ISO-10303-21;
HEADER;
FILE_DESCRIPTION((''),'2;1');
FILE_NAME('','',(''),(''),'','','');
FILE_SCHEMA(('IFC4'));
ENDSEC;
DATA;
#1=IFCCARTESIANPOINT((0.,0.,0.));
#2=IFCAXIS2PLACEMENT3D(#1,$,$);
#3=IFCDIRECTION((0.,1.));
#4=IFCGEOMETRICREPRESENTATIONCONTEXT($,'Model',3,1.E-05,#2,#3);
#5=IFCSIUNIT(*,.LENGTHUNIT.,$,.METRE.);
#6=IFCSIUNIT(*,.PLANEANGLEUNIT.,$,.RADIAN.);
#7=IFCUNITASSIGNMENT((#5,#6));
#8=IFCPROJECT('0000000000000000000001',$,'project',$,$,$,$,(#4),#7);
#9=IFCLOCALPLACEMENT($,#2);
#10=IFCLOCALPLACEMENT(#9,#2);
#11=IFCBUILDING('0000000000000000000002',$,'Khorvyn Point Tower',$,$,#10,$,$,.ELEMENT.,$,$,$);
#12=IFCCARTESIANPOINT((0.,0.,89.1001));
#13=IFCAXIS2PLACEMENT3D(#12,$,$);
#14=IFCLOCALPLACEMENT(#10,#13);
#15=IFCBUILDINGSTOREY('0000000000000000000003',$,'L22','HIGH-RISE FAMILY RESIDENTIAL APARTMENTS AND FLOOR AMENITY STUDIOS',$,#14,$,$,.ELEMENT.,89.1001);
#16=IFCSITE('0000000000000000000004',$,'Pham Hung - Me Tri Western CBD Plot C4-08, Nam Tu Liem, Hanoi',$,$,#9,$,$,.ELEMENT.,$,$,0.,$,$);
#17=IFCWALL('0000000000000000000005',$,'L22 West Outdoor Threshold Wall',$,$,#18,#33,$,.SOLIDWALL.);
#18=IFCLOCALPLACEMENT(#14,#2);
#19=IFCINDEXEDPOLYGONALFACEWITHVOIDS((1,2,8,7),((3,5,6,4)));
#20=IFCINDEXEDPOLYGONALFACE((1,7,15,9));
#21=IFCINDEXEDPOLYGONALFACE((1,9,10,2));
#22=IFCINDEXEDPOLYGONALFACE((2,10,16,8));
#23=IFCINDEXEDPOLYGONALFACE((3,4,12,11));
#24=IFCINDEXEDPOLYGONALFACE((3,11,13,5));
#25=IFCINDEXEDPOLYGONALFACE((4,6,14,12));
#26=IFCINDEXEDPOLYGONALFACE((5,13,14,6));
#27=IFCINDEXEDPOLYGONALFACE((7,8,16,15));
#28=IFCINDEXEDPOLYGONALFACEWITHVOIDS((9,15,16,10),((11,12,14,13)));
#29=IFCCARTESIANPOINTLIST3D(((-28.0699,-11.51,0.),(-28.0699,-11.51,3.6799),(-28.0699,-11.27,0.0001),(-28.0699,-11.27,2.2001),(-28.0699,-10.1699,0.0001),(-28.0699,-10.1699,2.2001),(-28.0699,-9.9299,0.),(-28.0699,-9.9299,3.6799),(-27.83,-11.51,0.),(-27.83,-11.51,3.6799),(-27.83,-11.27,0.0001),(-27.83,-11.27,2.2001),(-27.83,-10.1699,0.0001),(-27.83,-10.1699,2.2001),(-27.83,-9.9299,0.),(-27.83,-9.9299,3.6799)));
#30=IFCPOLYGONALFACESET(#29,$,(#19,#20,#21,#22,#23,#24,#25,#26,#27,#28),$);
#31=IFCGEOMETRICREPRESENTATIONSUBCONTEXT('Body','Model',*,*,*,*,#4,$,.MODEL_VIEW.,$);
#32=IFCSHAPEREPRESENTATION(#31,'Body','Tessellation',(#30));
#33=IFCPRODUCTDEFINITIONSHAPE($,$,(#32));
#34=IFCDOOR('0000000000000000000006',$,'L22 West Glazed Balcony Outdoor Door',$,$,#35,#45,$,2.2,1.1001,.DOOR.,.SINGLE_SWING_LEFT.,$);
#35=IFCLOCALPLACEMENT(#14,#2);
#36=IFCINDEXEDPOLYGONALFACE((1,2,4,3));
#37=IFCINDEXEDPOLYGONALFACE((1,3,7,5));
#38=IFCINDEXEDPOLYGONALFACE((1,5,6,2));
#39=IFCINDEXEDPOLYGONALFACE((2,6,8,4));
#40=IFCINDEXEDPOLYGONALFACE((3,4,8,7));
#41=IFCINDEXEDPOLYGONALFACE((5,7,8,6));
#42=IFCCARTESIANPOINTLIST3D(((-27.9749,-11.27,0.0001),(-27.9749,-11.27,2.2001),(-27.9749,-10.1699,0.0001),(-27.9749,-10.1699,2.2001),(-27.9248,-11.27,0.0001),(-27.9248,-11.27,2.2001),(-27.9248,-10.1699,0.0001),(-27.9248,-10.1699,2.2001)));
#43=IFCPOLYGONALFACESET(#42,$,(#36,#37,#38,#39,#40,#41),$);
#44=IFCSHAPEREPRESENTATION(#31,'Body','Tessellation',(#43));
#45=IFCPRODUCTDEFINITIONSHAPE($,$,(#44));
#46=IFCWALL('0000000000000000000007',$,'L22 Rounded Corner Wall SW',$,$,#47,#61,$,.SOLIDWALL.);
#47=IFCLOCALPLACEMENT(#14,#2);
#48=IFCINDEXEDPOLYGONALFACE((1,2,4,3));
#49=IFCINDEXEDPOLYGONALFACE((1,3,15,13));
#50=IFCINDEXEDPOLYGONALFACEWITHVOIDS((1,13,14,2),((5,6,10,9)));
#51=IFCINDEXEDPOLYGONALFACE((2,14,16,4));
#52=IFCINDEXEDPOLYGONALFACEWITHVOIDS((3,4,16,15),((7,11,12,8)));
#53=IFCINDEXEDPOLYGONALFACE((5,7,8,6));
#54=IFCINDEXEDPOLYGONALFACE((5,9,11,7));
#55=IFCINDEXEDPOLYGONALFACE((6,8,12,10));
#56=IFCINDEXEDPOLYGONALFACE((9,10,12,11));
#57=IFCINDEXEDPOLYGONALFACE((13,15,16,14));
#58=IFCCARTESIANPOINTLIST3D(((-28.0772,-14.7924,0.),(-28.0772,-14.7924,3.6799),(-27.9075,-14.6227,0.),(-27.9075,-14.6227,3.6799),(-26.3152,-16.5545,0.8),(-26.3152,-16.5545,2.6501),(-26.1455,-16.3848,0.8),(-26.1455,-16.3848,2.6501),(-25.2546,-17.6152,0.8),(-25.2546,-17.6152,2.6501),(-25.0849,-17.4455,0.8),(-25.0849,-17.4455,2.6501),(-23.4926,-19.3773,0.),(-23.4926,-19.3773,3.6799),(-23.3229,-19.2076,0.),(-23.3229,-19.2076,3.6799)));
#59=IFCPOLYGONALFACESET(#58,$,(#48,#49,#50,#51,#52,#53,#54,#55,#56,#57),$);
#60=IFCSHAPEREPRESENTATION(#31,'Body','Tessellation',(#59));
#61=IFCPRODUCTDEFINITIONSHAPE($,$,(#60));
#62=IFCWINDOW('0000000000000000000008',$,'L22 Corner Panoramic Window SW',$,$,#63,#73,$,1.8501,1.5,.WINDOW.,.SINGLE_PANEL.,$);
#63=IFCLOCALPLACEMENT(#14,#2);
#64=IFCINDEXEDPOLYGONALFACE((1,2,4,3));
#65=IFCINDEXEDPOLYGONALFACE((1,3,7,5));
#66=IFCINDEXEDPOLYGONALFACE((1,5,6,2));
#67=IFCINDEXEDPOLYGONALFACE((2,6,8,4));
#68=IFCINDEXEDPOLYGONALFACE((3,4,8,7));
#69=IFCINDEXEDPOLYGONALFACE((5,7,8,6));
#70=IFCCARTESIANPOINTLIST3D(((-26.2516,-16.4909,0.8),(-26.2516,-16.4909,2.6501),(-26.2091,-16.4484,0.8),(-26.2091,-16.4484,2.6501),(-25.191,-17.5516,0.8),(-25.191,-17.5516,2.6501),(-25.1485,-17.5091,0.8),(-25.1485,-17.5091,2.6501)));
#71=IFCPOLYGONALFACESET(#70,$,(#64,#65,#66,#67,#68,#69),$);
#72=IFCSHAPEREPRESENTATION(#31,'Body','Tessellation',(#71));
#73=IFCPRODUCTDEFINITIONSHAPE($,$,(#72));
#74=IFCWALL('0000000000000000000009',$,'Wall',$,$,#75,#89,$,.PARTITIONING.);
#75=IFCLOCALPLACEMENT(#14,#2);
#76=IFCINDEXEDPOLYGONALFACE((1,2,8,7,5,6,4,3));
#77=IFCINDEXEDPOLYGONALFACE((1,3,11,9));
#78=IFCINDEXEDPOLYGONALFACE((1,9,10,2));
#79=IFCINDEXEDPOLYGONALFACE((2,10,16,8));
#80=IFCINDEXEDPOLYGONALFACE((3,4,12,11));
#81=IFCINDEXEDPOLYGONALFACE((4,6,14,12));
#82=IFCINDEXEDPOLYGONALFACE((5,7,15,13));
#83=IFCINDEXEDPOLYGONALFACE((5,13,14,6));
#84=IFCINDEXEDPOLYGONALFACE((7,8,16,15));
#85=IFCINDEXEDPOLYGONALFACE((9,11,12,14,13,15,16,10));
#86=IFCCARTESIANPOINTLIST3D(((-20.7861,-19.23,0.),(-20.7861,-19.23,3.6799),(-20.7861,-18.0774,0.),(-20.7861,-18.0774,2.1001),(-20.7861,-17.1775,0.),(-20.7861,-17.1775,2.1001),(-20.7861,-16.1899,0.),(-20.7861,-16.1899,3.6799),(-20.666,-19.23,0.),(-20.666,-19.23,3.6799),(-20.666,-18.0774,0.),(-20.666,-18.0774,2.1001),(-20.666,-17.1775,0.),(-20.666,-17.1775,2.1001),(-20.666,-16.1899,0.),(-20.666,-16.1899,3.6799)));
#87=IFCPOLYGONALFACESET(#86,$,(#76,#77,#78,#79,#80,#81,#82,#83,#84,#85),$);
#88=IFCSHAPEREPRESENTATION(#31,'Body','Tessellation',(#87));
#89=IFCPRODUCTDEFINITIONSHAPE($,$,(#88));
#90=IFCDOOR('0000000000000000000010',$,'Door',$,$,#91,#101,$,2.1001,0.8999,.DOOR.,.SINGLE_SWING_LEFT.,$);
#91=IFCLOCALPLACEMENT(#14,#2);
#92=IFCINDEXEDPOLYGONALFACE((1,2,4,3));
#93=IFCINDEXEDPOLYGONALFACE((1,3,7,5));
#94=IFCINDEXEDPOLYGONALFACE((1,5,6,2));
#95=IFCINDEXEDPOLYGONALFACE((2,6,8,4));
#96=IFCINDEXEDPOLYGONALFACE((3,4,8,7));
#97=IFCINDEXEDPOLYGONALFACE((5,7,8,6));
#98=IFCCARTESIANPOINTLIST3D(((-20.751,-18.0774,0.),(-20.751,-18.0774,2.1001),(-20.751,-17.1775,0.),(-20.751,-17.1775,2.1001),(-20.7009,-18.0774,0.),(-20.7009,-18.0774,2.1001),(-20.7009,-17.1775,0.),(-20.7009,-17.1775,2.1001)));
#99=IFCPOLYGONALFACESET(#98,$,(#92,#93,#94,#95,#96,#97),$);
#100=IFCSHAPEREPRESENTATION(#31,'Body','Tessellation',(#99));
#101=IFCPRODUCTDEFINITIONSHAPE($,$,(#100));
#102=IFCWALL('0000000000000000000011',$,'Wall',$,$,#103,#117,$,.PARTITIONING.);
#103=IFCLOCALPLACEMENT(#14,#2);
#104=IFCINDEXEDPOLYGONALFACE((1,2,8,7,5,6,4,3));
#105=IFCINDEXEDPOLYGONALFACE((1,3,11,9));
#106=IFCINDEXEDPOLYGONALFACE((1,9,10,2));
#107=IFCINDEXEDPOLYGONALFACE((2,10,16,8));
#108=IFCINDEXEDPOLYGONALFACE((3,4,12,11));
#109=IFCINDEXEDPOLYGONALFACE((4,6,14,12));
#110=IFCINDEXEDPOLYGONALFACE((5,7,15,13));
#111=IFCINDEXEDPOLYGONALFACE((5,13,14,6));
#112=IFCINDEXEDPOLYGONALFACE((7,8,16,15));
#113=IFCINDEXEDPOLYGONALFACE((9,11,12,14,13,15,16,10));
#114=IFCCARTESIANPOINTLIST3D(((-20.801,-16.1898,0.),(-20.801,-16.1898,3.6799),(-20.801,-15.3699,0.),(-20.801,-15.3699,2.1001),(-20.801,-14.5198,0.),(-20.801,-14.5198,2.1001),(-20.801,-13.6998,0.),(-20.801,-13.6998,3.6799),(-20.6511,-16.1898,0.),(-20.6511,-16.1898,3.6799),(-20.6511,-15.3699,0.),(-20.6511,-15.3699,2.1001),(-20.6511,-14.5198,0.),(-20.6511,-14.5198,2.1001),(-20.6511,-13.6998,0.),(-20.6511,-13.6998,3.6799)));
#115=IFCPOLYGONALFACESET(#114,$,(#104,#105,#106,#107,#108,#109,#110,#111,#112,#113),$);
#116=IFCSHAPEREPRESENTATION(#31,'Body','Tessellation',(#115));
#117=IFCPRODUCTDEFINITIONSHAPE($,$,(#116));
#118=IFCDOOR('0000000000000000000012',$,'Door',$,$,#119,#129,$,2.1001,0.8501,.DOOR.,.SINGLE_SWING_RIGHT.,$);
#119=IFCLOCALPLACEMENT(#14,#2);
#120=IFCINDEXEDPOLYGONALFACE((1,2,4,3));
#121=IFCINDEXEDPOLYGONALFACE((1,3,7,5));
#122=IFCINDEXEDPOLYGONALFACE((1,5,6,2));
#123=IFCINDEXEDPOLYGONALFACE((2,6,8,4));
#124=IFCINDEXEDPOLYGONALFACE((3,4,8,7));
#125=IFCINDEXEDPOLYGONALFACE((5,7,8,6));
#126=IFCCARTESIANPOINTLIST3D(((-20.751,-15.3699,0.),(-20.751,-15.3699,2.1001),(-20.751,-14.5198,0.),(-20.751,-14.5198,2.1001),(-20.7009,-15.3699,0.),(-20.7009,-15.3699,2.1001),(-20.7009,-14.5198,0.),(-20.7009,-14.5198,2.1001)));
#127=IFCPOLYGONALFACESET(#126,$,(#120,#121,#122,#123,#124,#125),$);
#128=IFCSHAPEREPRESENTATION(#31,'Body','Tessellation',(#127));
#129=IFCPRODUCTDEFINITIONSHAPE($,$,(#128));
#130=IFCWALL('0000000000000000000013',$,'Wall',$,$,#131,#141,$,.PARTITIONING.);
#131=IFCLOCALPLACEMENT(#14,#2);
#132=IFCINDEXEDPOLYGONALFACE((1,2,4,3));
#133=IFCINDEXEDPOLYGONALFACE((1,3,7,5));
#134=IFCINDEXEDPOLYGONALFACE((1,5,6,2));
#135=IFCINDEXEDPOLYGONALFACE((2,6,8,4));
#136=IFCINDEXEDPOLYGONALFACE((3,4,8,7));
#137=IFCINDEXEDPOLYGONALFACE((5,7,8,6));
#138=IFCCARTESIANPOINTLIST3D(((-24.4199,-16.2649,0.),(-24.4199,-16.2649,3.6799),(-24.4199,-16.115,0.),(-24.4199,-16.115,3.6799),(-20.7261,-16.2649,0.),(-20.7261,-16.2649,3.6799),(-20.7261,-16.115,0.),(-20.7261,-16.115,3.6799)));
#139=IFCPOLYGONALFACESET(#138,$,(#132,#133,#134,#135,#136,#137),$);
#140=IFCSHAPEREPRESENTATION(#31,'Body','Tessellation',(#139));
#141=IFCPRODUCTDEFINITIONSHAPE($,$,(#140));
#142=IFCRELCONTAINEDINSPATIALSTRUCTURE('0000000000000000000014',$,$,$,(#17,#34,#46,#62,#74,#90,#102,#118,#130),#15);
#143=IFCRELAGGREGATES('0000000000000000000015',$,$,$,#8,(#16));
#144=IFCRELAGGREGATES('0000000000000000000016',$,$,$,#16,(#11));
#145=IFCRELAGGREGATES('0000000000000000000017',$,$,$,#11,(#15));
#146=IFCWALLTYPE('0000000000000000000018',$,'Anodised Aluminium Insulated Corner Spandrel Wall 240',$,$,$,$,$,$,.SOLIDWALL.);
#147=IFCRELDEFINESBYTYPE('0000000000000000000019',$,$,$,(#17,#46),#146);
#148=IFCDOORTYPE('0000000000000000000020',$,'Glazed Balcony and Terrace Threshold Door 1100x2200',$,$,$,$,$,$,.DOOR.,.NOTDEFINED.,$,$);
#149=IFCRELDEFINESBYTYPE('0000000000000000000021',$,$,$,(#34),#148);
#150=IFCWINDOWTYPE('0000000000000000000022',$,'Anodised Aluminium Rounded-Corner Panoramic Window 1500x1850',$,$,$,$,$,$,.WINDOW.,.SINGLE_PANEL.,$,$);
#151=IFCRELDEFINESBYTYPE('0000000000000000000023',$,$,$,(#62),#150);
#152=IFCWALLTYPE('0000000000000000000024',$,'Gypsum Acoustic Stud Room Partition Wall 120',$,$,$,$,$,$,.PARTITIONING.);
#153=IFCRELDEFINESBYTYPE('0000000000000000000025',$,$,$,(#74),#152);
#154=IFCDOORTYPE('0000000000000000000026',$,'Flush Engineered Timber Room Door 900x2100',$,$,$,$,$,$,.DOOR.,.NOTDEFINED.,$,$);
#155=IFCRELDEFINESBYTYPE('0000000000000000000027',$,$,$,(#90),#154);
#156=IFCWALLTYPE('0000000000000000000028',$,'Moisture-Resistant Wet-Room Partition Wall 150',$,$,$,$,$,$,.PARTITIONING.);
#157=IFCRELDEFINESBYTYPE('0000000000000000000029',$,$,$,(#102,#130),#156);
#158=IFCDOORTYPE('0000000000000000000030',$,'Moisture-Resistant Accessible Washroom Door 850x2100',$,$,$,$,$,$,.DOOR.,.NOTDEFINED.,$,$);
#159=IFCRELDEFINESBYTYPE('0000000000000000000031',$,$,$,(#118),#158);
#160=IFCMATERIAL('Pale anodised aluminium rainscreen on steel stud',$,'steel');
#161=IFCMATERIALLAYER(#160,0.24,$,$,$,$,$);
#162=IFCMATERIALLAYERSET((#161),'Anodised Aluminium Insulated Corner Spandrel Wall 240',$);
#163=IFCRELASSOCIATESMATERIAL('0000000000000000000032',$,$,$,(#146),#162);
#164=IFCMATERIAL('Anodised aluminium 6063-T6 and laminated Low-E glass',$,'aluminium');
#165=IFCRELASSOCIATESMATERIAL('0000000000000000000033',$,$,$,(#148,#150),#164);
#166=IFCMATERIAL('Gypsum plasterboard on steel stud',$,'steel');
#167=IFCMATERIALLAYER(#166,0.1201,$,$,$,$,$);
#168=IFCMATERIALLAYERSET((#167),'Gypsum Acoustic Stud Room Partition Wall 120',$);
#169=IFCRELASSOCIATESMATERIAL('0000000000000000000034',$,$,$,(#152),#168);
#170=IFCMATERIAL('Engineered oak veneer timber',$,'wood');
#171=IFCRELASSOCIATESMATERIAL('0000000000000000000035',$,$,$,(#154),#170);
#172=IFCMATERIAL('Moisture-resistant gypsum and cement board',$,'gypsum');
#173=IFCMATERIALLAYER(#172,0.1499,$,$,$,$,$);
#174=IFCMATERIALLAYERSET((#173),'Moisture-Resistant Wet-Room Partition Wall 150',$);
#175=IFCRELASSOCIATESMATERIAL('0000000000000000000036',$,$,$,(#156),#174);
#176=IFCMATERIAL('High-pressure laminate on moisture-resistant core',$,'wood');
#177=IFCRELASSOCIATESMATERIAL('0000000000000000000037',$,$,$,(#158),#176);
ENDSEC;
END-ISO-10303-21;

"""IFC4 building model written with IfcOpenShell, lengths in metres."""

from ifc_helpers import new_model, si_unit, direction, frame, frame_2d, origin, place, context, subcontext, project, spatial, rectangle, extrude, material, layer, layer_set, type_object, element, fill, save


model = new_model("IFC4")

# Units and contexts
model_context = context("Model", 3, precision=1e-05, world=origin(), true_north=direction((0.0, 1.0)))
body_context = subcontext(model_context, "Body", "Model", "MODEL_VIEW")
ifc_project = project(units=[si_unit("LENGTHUNIT", "METRE"), si_unit("PLANEANGLEUNIT", "RADIAN")], contexts=[model_context])

# Site, building, storey
site_placement = place(None, origin())
site = spatial("IfcSite", under=ifc_project, at=site_placement, Name="Pham Hung - Me Tri Western CBD Plot C4-08, Nam Tu Liem, Hanoi", CompositionType="ELEMENT", RefElevation=0.0)
building_placement = place(site_placement, origin())
building = spatial("IfcBuilding", under=site, at=building_placement, Name="Khorvyn Point Tower", CompositionType="ELEMENT")
storey_placement = place(building_placement, frame((0.0, 0.0, 89.1001)))
storey = spatial("IfcBuildingStorey", under=building, at=storey_placement, Name="L22", Description="HIGH-RISE FAMILY RESIDENTIAL APARTMENTS AND FLOOR AMENITY STUDIOS", CompositionType="ELEMENT", Elevation=89.1001)

# Shared definitions
ifc_material_1 = material(Name="Anodised aluminium 6063-T6 and laminated Low-E glass", Category="aluminium")

# Wall, opening, door
ifc_material_2 = material(Name="Pale anodised aluminium rainscreen on steel stud", Category="steel")
ifc_layer_1 = layer(ifc_material_2, 0.24)
ifc_layer_set_1 = layer_set([ifc_layer_1], Name="Anodised Aluminium Insulated Corner Spandrel Wall 240")
wall_type_1 = type_object("IfcWallType", Name="Anodised Aluminium Insulated Corner Spandrel Wall 240", PredefinedType="SOLIDWALL", material=ifc_layer_set_1)
wall_1_placement = place(storey_placement, frame((-27.95, -11.51, 0.0), z_axis=(0.0, 0.0, 1.0), x_axis=(0.0, 1.0, 0.0)))
wall_1 = element("IfcWall", 1, at=wall_1_placement, inside=storey, type_object=wall_type_1, Name="L22 West Outdoor Threshold Wall", PredefinedType="SOLIDWALL", context=body_context, shape_type="SweptSolid", body=[
    extrude(rectangle(XDim=1.5801, YDim=0.24, at=frame_2d((0.79, 0.0))), origin(), (0.0, 0.0, 1.0), 3.6799),
])
opening_1_placement = place(wall_1_placement, frame((0.24, 0.0, 0.0)))
opening_1 = element("IfcOpeningElement", 2, at=opening_1_placement, cuts=wall_1, PredefinedType="OPENING", context=body_context, shape_type="SweptSolid", body=[
    extrude(rectangle(XDim=1.1001, YDim=2.2, at=frame_2d((0.55, 1.1001))), frame((0.0, 0.1299, 0.0), z_axis=(0.0, -1.0, 0.0), x_axis=(1.0, 0.0, 0.0)), (0.0, 0.0, 1.0), 0.26),
])
door_type_1 = type_object("IfcDoorType", Name="Glazed Balcony and Terrace Threshold Door 1100x2200", OperationType="NOTDEFINED", PredefinedType="DOOR", material=ifc_material_1)
door_1_placement = place(opening_1_placement, origin())
door_1 = element("IfcDoor", 3, at=door_1_placement, inside=storey, type_object=door_type_1, Name="L22 West Glazed Balcony Outdoor Door", OperationType="SINGLE_SWING_LEFT", OverallHeight=2.2, OverallWidth=1.1001, PredefinedType="DOOR", context=body_context, shape_type="SweptSolid", body=[
    extrude(rectangle(XDim=1.1001, YDim=2.2, at=frame_2d((0.55, 1.1001))), frame((0.0, 0.0249, 0.0), z_axis=(0.0, -1.0, 0.0), x_axis=(1.0, 0.0, 0.0)), (0.0, 0.0, 1.0), 0.05),
])
fill(opening_1, door_1)

# Wall, opening, window
wall_2_placement = place(storey_placement, frame((-23.4077, -19.2925, 0.0), z_axis=(0.0, 0.0, 1.0), x_axis=(-0.707088, 0.707126, 0.0)))
wall_2 = element("IfcWall", 4, at=wall_2_placement, inside=storey, type_object=wall_type_1, Name="L22 Rounded Corner Wall SW", PredefinedType="SOLIDWALL", context=body_context, shape_type="SweptSolid", body=[
    extrude(rectangle(XDim=6.4839, YDim=0.24, at=frame_2d((3.2419, 0.0))), origin(), (0.0, 0.0, 1.0), 3.6799),
])
opening_2_placement = place(wall_2_placement, frame((2.4919, 0.0, 0.8)))
opening_2 = element("IfcOpeningElement", 5, at=opening_2_placement, cuts=wall_2, PredefinedType="OPENING", context=body_context, shape_type="SweptSolid", body=[
    extrude(rectangle(XDim=1.5, YDim=1.8501, at=frame_2d((0.75, 0.925))), frame((0.0, 0.1299, 0.0), z_axis=(0.0, -1.0, 0.0), x_axis=(1.0, 0.0, 0.0)), (0.0, 0.0, 1.0), 0.26),
])
window_type = type_object("IfcWindowType", Name="Anodised Aluminium Rounded-Corner Panoramic Window 1500x1850", PartitioningType="SINGLE_PANEL", PredefinedType="WINDOW", material=ifc_material_1)
window_placement = place(opening_2_placement, origin())
window = element("IfcWindow", 6, at=window_placement, inside=storey, type_object=window_type, Name="L22 Corner Panoramic Window SW", OverallHeight=1.8501, OverallWidth=1.5, PartitioningType="SINGLE_PANEL", PredefinedType="WINDOW", context=body_context, shape_type="SweptSolid", body=[
    extrude(rectangle(XDim=1.5, YDim=1.8501, at=frame_2d((0.75, 0.925))), frame((0.0, 0.03, 0.0), z_axis=(0.0, -1.0, 0.0), x_axis=(1.0, 0.0, 0.0)), (0.0, 0.0, 1.0), 0.0601),
])
fill(opening_2, window)

# Walls, openings, doors
ifc_material_3 = material(Name="Gypsum plasterboard on steel stud", Category="steel")
ifc_layer_2 = layer(ifc_material_3, 0.1201)
ifc_layer_set_2 = layer_set([ifc_layer_2], Name="Gypsum Acoustic Stud Room Partition Wall 120")
wall_type_2 = type_object("IfcWallType", Name="Gypsum Acoustic Stud Room Partition Wall 120", PredefinedType="PARTITIONING", material=ifc_layer_set_2)
wall_3_placement = place(storey_placement, frame((-20.7261, -19.23, 0.0), z_axis=(0.0, 0.0, 1.0), x_axis=(0.0, 1.0, 0.0)))
wall_3 = element("IfcWall", 7, at=wall_3_placement, inside=storey, type_object=wall_type_2, Name="Wall", PredefinedType="PARTITIONING", context=body_context, shape_type="SweptSolid", body=[
    extrude(rectangle(XDim=3.04, YDim=0.1201, at=frame_2d((1.52, 0.0))), origin(), (0.0, 0.0, 1.0), 3.6799),
])
opening_3_placement = place(wall_3_placement, frame((1.1526, 0.0, 0.0)))
opening_3 = element("IfcOpeningElement", 8, at=opening_3_placement, cuts=wall_3, PredefinedType="OPENING", context=body_context, shape_type="SweptSolid", body=[
    extrude(rectangle(XDim=0.8999, YDim=2.1001, at=frame_2d((0.45, 1.05))), frame((0.0, 0.0701, 0.0), z_axis=(0.0, -1.0, 0.0), x_axis=(1.0, 0.0, 0.0)), (0.0, 0.0, 1.0), 0.1401),
])
ifc_material_4 = material(Name="Engineered oak veneer timber", Category="wood")
door_type_2 = type_object("IfcDoorType", Name="Flush Engineered Timber Room Door 900x2100", OperationType="NOTDEFINED", PredefinedType="DOOR", material=ifc_material_4)
door_2_placement = place(opening_3_placement, origin())
door_2 = element("IfcDoor", 9, at=door_2_placement, inside=storey, type_object=door_type_2, Name="Door", OperationType="SINGLE_SWING_LEFT", OverallHeight=2.1001, OverallWidth=0.8999, PredefinedType="DOOR", context=body_context, shape_type="SweptSolid", body=[
    extrude(rectangle(XDim=0.8999, YDim=2.1001, at=frame_2d((0.45, 1.05))), frame((0.0, 0.0249, 0.0), z_axis=(0.0, -1.0, 0.0), x_axis=(1.0, 0.0, 0.0)), (0.0, 0.0, 1.0), 0.05),
])
fill(opening_3, door_2)
ifc_material_5 = material(Name="Moisture-resistant gypsum and cement board", Category="gypsum")
ifc_layer_3 = layer(ifc_material_5, 0.1499)
ifc_layer_set_3 = layer_set([ifc_layer_3], Name="Moisture-Resistant Wet-Room Partition Wall 150")
wall_type_3 = type_object("IfcWallType", Name="Moisture-Resistant Wet-Room Partition Wall 150", PredefinedType="PARTITIONING", material=ifc_layer_set_3)
wall_4_placement = place(storey_placement, frame((-20.7261, -16.1899, 0.0), z_axis=(0.0, 0.0, 1.0), x_axis=(0.0, 1.0, 0.0)))
wall_4 = element("IfcWall", 10, at=wall_4_placement, inside=storey, type_object=wall_type_3, Name="Wall", PredefinedType="PARTITIONING", context=body_context, shape_type="SweptSolid", body=[
    extrude(rectangle(XDim=2.49, YDim=0.1499, at=frame_2d((1.2451, 0.0))), origin(), (0.0, 0.0, 1.0), 3.6799),
])
opening_4_placement = place(wall_4_placement, frame((0.8201, 0.0, 0.0)))
opening_4 = element("IfcOpeningElement", 11, at=opening_4_placement, cuts=wall_4, PredefinedType="OPENING", context=body_context, shape_type="SweptSolid", body=[
    extrude(rectangle(XDim=0.8501, YDim=2.1001, at=frame_2d((0.425, 1.05))), frame((0.0, 0.085, 0.0), z_axis=(0.0, -1.0, 0.0), x_axis=(1.0, 0.0, 0.0)), (0.0, 0.0, 1.0), 0.1699),
])
ifc_material_6 = material(Name="High-pressure laminate on moisture-resistant core", Category="wood")
door_type_3 = type_object("IfcDoorType", Name="Moisture-Resistant Accessible Washroom Door 850x2100", OperationType="NOTDEFINED", PredefinedType="DOOR", material=ifc_material_6)
door_3_placement = place(opening_4_placement, origin())
door_3 = element("IfcDoor", 12, at=door_3_placement, inside=storey, type_object=door_type_3, Name="Door", OperationType="SINGLE_SWING_RIGHT", OverallHeight=2.1001, OverallWidth=0.8501, PredefinedType="DOOR", context=body_context, shape_type="SweptSolid", body=[
    extrude(rectangle(XDim=0.8501, YDim=2.1001, at=frame_2d((0.425, 1.05))), frame((0.0, 0.0249, 0.0), z_axis=(0.0, -1.0, 0.0), x_axis=(1.0, 0.0, 0.0)), (0.0, 0.0, 1.0), 0.05),
])
fill(opening_4, door_3)

# Wall
wall_5_placement = place(storey_placement, frame((-24.4199, -16.1899, 0.0), z_axis=(0.0, 0.0, 1.0), x_axis=(1.0, 0.0, 0.0)))
element("IfcWall", 13, at=wall_5_placement, inside=storey, type_object=wall_type_3, Name="Wall", PredefinedType="PARTITIONING", context=body_context, shape_type="SweptSolid", body=[
    extrude(rectangle(XDim=3.6938, YDim=0.1499, at=frame_2d((1.8469, 0.0))), origin(), (0.0, 0.0, 1.0), 3.6799),
])

save(model, "model.ifc")
